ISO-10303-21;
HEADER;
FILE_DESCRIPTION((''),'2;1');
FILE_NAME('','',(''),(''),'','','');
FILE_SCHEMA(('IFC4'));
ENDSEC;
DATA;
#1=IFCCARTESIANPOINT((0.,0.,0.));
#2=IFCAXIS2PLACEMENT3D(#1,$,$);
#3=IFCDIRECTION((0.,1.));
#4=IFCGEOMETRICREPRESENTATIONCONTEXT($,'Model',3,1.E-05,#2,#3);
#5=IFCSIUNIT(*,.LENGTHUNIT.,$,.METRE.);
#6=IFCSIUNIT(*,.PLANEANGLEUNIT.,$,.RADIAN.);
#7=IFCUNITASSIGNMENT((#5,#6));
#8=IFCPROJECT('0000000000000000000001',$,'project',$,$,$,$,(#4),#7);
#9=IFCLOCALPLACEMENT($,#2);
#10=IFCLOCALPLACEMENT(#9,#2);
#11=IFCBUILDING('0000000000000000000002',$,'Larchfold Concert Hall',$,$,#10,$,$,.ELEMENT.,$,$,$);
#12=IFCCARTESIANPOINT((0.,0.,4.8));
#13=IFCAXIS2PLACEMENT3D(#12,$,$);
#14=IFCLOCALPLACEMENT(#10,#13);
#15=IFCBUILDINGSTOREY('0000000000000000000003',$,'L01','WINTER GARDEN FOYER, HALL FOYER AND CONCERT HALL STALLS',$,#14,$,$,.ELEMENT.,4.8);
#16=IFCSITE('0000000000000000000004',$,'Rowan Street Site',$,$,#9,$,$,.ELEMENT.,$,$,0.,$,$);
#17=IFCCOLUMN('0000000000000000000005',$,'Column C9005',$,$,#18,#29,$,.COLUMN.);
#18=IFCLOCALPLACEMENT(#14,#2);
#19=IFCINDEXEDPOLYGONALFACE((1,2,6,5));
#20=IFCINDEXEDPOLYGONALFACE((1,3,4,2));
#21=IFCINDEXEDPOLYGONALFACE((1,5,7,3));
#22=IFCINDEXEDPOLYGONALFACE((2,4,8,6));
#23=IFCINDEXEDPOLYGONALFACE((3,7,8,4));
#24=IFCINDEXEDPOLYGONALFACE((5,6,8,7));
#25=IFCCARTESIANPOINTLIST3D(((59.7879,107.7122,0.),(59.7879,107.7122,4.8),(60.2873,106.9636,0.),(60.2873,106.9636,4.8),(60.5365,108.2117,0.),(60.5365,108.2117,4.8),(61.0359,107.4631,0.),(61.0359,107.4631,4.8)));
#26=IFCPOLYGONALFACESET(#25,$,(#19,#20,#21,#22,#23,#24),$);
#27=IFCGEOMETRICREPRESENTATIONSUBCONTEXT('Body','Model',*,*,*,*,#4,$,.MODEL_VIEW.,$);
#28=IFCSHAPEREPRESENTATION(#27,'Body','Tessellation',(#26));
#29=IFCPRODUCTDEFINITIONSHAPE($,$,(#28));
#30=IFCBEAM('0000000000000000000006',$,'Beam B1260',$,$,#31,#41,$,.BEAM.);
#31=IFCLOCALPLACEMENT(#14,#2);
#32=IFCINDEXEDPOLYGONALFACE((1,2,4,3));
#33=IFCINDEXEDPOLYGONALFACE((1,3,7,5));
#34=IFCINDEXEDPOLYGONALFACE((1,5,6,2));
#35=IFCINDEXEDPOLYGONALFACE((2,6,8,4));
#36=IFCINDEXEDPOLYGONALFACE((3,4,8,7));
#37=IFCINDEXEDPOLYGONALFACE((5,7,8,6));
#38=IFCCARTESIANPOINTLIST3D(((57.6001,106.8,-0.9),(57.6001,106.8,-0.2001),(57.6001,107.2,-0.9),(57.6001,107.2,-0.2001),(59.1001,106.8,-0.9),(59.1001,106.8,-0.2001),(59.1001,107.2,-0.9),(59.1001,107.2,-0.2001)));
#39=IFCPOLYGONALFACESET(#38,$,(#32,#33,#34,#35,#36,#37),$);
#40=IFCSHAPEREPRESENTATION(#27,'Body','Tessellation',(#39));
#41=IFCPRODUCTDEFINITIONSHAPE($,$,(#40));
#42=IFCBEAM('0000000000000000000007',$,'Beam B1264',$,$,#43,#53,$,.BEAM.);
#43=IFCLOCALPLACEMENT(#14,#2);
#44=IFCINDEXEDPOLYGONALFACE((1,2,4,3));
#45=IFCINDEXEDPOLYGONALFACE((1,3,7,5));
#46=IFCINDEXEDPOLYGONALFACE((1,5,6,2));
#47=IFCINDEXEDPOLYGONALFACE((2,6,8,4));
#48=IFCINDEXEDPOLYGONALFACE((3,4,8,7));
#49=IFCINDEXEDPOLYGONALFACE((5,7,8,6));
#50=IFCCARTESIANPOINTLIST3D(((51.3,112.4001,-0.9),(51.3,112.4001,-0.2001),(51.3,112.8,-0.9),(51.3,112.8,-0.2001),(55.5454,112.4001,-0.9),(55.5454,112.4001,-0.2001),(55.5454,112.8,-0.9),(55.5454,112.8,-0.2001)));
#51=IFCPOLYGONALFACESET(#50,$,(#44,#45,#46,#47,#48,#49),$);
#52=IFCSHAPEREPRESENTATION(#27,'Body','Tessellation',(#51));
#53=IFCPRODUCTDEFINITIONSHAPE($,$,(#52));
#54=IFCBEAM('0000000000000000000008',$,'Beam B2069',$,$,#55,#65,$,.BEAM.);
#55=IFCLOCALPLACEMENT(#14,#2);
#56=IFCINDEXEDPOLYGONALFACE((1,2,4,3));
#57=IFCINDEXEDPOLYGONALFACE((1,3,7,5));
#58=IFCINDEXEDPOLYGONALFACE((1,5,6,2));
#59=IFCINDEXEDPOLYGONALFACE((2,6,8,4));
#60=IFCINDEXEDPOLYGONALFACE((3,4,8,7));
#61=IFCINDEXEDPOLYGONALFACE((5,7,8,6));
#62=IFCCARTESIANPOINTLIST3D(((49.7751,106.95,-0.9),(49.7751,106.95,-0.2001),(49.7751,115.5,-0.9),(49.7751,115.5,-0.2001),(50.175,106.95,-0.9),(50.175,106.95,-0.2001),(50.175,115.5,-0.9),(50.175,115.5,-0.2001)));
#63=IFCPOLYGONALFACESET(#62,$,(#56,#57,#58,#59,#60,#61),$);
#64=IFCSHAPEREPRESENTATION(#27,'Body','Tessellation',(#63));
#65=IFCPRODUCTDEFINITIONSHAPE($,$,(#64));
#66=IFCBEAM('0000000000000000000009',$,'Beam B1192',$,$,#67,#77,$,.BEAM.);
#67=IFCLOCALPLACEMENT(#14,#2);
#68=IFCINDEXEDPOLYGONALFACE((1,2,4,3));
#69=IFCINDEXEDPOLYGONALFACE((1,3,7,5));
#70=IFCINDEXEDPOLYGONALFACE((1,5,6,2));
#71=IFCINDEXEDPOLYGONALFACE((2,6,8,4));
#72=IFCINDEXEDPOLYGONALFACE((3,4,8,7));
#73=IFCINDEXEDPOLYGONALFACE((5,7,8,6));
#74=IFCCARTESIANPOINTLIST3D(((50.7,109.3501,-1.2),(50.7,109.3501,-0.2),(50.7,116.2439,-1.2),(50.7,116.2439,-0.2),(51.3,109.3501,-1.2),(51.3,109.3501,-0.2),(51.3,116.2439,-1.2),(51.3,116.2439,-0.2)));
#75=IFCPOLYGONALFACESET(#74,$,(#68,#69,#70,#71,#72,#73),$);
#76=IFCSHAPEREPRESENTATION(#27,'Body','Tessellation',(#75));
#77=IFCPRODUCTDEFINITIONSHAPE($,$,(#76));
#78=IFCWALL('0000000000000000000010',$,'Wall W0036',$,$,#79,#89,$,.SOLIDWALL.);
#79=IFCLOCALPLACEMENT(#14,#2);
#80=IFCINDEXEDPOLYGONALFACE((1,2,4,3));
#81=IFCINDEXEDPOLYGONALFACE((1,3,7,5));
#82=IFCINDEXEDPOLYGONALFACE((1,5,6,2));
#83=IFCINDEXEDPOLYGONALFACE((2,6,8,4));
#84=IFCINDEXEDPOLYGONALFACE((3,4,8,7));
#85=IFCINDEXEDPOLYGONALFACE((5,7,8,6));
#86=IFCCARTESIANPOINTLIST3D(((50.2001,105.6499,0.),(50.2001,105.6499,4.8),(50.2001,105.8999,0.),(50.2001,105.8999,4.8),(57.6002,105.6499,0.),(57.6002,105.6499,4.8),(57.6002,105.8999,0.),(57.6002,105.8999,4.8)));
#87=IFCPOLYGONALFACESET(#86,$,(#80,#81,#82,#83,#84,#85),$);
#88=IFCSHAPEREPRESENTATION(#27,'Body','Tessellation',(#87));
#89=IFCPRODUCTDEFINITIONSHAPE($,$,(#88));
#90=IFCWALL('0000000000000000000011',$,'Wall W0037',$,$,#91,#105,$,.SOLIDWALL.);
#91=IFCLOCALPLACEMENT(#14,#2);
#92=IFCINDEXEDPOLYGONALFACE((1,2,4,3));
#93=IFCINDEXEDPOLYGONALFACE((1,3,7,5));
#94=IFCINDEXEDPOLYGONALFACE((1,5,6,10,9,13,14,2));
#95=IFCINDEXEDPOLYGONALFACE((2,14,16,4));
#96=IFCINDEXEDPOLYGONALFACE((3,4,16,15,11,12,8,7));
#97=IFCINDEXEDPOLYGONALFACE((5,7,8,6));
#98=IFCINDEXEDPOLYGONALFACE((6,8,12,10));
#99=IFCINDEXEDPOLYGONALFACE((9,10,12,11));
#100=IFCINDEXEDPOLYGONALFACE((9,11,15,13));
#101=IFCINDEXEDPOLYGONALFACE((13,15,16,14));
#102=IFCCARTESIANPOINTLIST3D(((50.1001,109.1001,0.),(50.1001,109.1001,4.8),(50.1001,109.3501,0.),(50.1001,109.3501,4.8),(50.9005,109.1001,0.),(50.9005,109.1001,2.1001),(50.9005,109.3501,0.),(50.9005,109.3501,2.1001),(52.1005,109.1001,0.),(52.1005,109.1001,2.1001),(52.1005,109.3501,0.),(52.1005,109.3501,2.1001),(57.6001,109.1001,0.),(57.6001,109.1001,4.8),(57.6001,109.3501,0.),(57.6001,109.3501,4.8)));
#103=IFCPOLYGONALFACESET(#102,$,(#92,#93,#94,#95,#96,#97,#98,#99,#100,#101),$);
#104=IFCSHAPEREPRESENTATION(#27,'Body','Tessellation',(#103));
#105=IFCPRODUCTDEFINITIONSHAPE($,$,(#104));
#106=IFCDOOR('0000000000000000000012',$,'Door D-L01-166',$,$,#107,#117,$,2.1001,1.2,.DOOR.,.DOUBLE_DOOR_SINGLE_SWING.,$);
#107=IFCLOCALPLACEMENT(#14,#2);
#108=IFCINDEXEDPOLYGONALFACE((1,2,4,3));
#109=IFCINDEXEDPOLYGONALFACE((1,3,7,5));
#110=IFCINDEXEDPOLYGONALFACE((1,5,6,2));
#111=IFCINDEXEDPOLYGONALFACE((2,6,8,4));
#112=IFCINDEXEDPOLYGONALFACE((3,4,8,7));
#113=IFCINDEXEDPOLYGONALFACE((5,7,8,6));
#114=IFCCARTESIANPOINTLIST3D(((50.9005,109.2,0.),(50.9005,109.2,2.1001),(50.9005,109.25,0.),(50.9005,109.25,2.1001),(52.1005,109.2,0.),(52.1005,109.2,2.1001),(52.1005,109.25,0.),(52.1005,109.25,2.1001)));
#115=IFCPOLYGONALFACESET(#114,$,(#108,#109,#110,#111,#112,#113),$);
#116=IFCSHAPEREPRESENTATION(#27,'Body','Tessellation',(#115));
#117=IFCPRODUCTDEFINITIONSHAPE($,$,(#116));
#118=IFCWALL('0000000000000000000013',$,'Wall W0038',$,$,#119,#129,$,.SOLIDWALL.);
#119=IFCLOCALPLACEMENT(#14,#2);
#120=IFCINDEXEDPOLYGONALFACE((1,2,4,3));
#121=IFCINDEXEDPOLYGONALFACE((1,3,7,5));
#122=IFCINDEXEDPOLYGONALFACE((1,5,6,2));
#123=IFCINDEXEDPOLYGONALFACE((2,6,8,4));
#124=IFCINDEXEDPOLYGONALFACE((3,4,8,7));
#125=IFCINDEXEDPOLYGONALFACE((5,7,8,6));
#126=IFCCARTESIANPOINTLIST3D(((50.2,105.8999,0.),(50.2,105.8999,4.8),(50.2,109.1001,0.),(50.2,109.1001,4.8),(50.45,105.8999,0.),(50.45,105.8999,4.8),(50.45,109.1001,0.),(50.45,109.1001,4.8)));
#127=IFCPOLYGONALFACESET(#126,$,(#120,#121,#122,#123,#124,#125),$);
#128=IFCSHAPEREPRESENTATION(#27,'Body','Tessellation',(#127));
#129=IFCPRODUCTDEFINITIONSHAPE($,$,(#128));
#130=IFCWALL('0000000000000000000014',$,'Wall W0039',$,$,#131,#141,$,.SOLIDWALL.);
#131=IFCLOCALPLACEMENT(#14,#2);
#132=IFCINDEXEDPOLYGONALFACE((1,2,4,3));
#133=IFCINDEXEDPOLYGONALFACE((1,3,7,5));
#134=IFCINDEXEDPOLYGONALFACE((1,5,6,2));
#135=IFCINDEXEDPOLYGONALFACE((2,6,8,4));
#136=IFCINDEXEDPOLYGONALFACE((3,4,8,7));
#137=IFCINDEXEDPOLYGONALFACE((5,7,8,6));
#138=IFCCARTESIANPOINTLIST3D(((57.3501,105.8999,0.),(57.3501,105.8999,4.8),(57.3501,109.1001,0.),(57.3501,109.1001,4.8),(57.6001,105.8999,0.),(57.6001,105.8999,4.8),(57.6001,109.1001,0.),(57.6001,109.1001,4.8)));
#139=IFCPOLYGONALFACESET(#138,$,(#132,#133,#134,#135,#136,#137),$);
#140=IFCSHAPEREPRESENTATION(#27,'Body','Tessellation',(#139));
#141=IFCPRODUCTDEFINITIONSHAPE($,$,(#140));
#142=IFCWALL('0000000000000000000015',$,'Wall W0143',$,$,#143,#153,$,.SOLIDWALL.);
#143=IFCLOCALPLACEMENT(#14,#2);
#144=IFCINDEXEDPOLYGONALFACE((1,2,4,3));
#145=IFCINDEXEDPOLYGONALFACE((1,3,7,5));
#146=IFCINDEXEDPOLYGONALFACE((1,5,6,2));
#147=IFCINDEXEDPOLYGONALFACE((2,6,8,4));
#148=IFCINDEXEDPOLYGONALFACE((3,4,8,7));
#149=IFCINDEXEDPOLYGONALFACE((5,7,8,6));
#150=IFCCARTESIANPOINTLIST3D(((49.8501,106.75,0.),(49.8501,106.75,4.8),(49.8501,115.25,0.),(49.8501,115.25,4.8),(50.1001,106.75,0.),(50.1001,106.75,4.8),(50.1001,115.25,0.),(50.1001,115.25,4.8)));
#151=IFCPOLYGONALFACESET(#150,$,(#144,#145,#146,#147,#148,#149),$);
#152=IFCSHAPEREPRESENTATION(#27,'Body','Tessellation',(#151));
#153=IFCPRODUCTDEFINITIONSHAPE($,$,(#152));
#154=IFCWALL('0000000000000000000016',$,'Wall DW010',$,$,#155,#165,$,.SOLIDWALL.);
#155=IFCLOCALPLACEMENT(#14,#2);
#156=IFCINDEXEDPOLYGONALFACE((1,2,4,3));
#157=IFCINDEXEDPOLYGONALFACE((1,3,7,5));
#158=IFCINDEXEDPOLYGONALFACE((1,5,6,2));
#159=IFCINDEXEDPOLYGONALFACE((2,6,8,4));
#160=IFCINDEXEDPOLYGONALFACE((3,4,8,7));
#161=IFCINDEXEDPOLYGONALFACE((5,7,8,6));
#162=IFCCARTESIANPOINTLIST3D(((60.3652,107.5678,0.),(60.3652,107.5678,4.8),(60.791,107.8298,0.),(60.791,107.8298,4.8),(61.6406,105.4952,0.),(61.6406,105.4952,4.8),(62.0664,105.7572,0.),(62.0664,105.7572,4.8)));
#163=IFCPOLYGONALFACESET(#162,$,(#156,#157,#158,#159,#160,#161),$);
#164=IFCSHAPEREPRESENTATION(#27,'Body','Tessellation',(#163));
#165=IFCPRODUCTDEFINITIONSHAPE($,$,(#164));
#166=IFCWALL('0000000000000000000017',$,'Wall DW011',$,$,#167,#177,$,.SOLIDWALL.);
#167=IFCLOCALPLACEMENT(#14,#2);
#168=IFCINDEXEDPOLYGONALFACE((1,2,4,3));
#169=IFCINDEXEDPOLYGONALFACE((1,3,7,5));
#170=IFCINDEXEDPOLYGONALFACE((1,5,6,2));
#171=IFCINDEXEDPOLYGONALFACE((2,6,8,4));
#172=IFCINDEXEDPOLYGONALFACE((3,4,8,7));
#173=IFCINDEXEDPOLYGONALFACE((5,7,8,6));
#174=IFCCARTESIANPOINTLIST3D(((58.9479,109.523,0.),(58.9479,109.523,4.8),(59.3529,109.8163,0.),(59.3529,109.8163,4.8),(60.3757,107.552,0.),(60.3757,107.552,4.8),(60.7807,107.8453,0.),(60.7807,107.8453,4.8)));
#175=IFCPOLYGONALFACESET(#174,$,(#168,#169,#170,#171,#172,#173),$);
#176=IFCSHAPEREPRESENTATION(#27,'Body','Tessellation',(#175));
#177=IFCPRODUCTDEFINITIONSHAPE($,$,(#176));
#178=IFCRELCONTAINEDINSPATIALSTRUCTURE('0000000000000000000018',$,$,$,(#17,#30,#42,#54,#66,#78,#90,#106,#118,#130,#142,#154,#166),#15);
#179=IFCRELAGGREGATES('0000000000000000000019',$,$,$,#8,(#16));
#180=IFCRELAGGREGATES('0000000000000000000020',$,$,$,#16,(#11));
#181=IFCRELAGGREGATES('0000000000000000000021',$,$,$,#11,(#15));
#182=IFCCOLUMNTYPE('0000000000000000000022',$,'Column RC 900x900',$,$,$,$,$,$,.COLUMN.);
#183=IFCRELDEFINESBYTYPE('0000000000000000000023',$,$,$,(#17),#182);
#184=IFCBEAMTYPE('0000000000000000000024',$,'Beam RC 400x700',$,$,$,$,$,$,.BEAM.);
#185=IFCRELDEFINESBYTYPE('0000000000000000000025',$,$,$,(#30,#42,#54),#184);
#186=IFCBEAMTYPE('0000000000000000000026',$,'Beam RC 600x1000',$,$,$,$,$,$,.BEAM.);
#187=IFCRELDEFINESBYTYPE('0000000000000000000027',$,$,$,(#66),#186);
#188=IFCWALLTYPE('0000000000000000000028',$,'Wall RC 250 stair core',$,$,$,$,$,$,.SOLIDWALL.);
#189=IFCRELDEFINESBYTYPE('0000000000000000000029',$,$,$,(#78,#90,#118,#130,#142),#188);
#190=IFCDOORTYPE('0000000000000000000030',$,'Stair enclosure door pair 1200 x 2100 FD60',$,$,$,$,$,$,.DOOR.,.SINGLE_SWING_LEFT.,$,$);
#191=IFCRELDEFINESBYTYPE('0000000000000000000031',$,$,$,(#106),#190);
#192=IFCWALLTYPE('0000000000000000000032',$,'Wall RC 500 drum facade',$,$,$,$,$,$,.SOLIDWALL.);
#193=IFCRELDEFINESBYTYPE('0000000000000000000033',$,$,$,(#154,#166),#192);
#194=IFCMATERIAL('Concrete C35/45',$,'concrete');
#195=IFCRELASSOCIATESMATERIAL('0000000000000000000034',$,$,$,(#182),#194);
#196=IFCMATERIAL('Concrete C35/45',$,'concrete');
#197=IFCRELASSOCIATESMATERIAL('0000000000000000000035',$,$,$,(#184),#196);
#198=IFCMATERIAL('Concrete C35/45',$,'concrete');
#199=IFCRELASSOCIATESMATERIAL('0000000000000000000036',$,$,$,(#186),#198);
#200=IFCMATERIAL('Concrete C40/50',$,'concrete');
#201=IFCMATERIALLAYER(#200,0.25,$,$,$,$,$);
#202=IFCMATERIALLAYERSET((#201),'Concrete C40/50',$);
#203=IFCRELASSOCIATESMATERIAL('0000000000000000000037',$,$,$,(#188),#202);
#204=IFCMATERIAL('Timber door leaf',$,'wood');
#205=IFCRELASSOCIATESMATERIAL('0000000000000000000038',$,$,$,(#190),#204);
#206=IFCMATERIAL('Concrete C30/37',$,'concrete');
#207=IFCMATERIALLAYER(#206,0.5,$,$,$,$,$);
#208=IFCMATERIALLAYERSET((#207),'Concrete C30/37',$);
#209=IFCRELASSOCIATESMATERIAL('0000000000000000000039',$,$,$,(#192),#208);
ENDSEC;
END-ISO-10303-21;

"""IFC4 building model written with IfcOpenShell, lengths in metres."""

from ifc_helpers import new_model, si_unit, direction, frame, frame_2d, origin, origin_2d, place, context, subcontext, project, spatial, rectangle, extrude, material, layer, layer_set, material_profile, profile_set, type_object, element, fill, save


model = new_model("IFC4")

# Units and contexts
model_context = context("Model", 3, precision=1e-05, world=origin(), true_north=direction((0.0, 1.0)))
body_context = subcontext(model_context, "Body", "Model", "MODEL_VIEW")
ifc_project = project(units=[si_unit("LENGTHUNIT", "METRE"), si_unit("PLANEANGLEUNIT", "RADIAN")], contexts=[model_context])

# Site, building, storey
site_placement = place(None, origin())
site = spatial("IfcSite", under=ifc_project, at=site_placement, Name="Rowan Street Site", CompositionType="ELEMENT", RefElevation=0.0)
building_placement = place(site_placement, origin())
building = spatial("IfcBuilding", under=site, at=building_placement, Name="Larchfold Concert Hall", CompositionType="ELEMENT")
storey_placement = place(building_placement, frame((0.0, 0.0, 4.8)))
storey = spatial("IfcBuildingStorey", under=building, at=storey_placement, Name="L01", Description="WINTER GARDEN FOYER, HALL FOYER AND CONCERT HALL STALLS", CompositionType="ELEMENT", Elevation=4.8)

# Column
ifc_material_1 = material(Name="Concrete C35/45", Category="concrete")
ifc_material_profile_1 = material_profile(ifc_material_1, rectangle(XDim=0.8999, YDim=0.8999, at=origin_2d()))
ifc_profile_set_1 = profile_set([ifc_material_profile_1], Name="Concrete C35/45")
column_type = type_object("IfcColumnType", Name="Column RC 900x900", PredefinedType="COLUMN", material=ifc_profile_set_1)
column_placement = place(storey_placement, frame((60.4119, 107.5876, 0.0), z_axis=(0.0, 0.0, 1.0), x_axis=(0.831868, 0.554974, 0.0)))
element("IfcColumn", 1, at=column_placement, inside=storey, type_object=column_type, Name="Column C9005", PredefinedType="COLUMN", context=body_context, shape_type="SweptSolid", body=[
    extrude(rectangle(XDim=0.8999, YDim=0.8999, at=origin_2d()), origin(), (0.0, 0.0, 1.0), 4.8),
])

# Beams
ifc_material_2 = material(Name="Concrete C35/45", Category="concrete")
ifc_material_profile_2 = material_profile(ifc_material_2, rectangle(XDim=0.3999, YDim=0.7, at=origin_2d()))
ifc_profile_set_2 = profile_set([ifc_material_profile_2], Name="Concrete C35/45")
beam_type_1 = type_object("IfcBeamType", Name="Beam RC 400x700", PredefinedType="BEAM", material=ifc_profile_set_2)
beam_1_placement = place(storey_placement, frame((57.6001, 107.0, -0.55), z_axis=(1.0, 0.0, 0.0), x_axis=(0.0, 1.0, 0.0)))
element("IfcBeam", 2, at=beam_1_placement, inside=storey, type_object=beam_type_1, Name="Beam B1260", PredefinedType="BEAM", context=body_context, shape_type="SweptSolid", body=[
    extrude(rectangle(XDim=0.3999, YDim=0.7, at=origin_2d()), origin(), (0.0, 0.0, 1.0), 1.5),
])
beam_2_placement = place(storey_placement, frame((51.3, 112.6001, -0.55), z_axis=(1.0, 0.0, 0.0), x_axis=(0.0, 1.0, 0.0)))
element("IfcBeam", 3, at=beam_2_placement, inside=storey, type_object=beam_type_1, Name="Beam B1264", PredefinedType="BEAM", context=body_context, shape_type="SweptSolid", body=[
    extrude(rectangle(XDim=0.3999, YDim=0.7, at=origin_2d()), origin(), (0.0, 0.0, 1.0), 4.2454),
])
beam_3_placement = place(storey_placement, frame((49.9751, 106.95, -0.55), z_axis=(0.0, 1.0, 0.0), x_axis=(-1.0, 0.0, 0.0)))
element("IfcBeam", 4, at=beam_3_placement, inside=storey, type_object=beam_type_1, Name="Beam B2069", PredefinedType="BEAM", context=body_context, shape_type="SweptSolid", body=[
    extrude(rectangle(XDim=0.3999, YDim=0.7, at=origin_2d()), origin(), (0.0, 0.0, 1.0), 8.55),
])
ifc_material_3 = material(Name="Concrete C35/45", Category="concrete")
ifc_material_profile_3 = material_profile(ifc_material_3, rectangle(XDim=0.6001, YDim=1.0, at=origin_2d()))
ifc_profile_set_3 = profile_set([ifc_material_profile_3], Name="Concrete C35/45")
beam_type_2 = type_object("IfcBeamType", Name="Beam RC 600x1000", PredefinedType="BEAM", material=ifc_profile_set_3)
beam_4_placement = place(storey_placement, frame((51.0, 109.3501, -0.7), z_axis=(0.0, 1.0, 0.0), x_axis=(-1.0, 0.0, 0.0)))
element("IfcBeam", 5, at=beam_4_placement, inside=storey, type_object=beam_type_2, Name="Beam B1192", PredefinedType="BEAM", context=body_context, shape_type="SweptSolid", body=[
    extrude(rectangle(XDim=0.6001, YDim=1.0, at=origin_2d()), origin(), (0.0, 0.0, 1.0), 6.8938),
])

# Wall
ifc_material_4 = material(Name="Concrete C40/50", Category="concrete")
ifc_layer_1 = layer(ifc_material_4, 0.25)
ifc_layer_set_1 = layer_set([ifc_layer_1], Name="Concrete C40/50")
wall_type_1 = type_object("IfcWallType", Name="Wall RC 250 stair core", PredefinedType="SOLIDWALL", material=ifc_layer_set_1)
wall_1_placement = place(storey_placement, frame((50.2, 105.7749, 0.0), z_axis=(0.0, 0.0, 1.0), x_axis=(1.0, 0.0, 0.0)))
element("IfcWall", 6, at=wall_1_placement, inside=storey, type_object=wall_type_1, Name="Wall W0036", PredefinedType="SOLIDWALL", context=body_context, shape_type="SweptSolid", body=[
    extrude(rectangle(XDim=7.4001, YDim=0.25, at=frame_2d((3.7002, 0.0))), origin(), (0.0, 0.0, 1.0), 4.8),
])

# Wall, opening, door
wall_2_placement = place(storey_placement, frame((50.1001, 109.2251, 0.0), z_axis=(0.0, 0.0, 1.0), x_axis=(1.0, 0.0, 0.0)))
wall_2 = element("IfcWall", 7, at=wall_2_placement, inside=storey, type_object=wall_type_1, Name="Wall W0037", PredefinedType="SOLIDWALL", context=body_context, shape_type="SweptSolid", body=[
    extrude(rectangle(XDim=7.5, YDim=0.25, at=frame_2d((3.75, 0.0))), origin(), (0.0, 0.0, 1.0), 4.8),
])
opening_placement = place(wall_2_placement, frame((0.8003, 0.0, 0.0)))
opening = element("IfcOpeningElement", 8, at=opening_placement, cuts=wall_2, PredefinedType="OPENING", context=body_context, shape_type="SweptSolid", body=[
    extrude(rectangle(XDim=1.2, YDim=2.1001, at=frame_2d((0.6001, 1.05))), frame((0.0, 0.135, 0.0), z_axis=(0.0, -1.0, 0.0), x_axis=(1.0, 0.0, 0.0)), (0.0, 0.0, 1.0), 0.27),
])
ifc_material_5 = material(Name="Timber door leaf", Category="wood")
door_type = type_object("IfcDoorType", Name="Stair enclosure door pair 1200 x 2100 FD60", OperationType="SINGLE_SWING_LEFT", PredefinedType="DOOR", material=ifc_material_5)
door_placement = place(opening_placement, origin())
door = element("IfcDoor", 9, at=door_placement, inside=storey, type_object=door_type, Name="Door D-L01-166", OperationType="DOUBLE_DOOR_SINGLE_SWING", OverallHeight=2.1001, OverallWidth=1.2, PredefinedType="DOOR", context=body_context, shape_type="SweptSolid", body=[
    extrude(rectangle(XDim=1.2, YDim=2.1001, at=frame_2d((0.6001, 1.05))), frame((0.0, 0.0249, 0.0), z_axis=(0.0, -1.0, 0.0), x_axis=(1.0, 0.0, 0.0)), (0.0, 0.0, 1.0), 0.05),
])
fill(opening, door)

# Walls
for number, where, z_axis, x_axis, name in (
    (10, (50.325, 105.8999, 0.0), (0.0, 0.0, 1.0), (0.0, 1.0, 0.0), "Wall W0038"),
    (11, (57.4751, 105.8999, 0.0), (0.0, 0.0, 1.0), (0.0, 1.0, 0.0), "Wall W0039"),
):
    element("IfcWall", number, at=place(storey_placement, frame(where, z_axis=z_axis, x_axis=x_axis)), inside=storey, type_object=wall_type_1, Name=name, PredefinedType="SOLIDWALL", context=body_context, shape_type="SweptSolid", body=[
        extrude(rectangle(XDim=3.2002, YDim=0.25, at=frame_2d((1.6001, 0.0))), origin(), (0.0, 0.0, 1.0), 4.8),
    ])
wall_3_placement = place(storey_placement, frame((49.9751, 106.75, 0.0), z_axis=(0.0, 0.0, 1.0), x_axis=(0.0, 1.0, 0.0)))
element("IfcWall", 12, at=wall_3_placement, inside=storey, type_object=wall_type_1, Name="Wall W0143", PredefinedType="SOLIDWALL", context=body_context, shape_type="SweptSolid", body=[
    extrude(rectangle(XDim=8.5, YDim=0.25, at=frame_2d((4.25, 0.0))), origin(), (0.0, 0.0, 1.0), 4.8),
])
ifc_material_6 = material(Name="Concrete C30/37", Category="concrete")
ifc_layer_2 = layer(ifc_material_6, 0.5)
ifc_layer_set_2 = layer_set([ifc_layer_2], Name="Concrete C30/37")
wall_type_2 = type_object("IfcWallType", Name="Wall RC 500 drum facade", PredefinedType="SOLIDWALL", material=ifc_layer_set_2)
wall_4_placement = place(storey_placement, frame((61.8535, 105.6262, 0.0), z_axis=(0.0, 0.0, 1.0), x_axis=(-0.524097, 0.851658, 0.0)))
element("IfcWall", 13, at=wall_4_placement, inside=storey, type_object=wall_type_2, Name="Wall DW010", PredefinedType="SOLIDWALL", context=body_context, shape_type="SweptSolid", body=[
    extrude(rectangle(XDim=2.4336, YDim=0.5, at=frame_2d((1.2168, 0.0))), origin(), (0.0, 0.0, 1.0), 4.8),
])
wall_5_placement = place(storey_placement, frame((60.5781, 107.6987, 0.0), z_axis=(0.0, 0.0, 1.0), x_axis=(-0.586644, 0.809845, 0.0)))
element("IfcWall", 14, at=wall_5_placement, inside=storey, type_object=wall_type_2, Name="Wall DW011", PredefinedType="SOLIDWALL", context=body_context, shape_type="SweptSolid", body=[
    extrude(rectangle(XDim=2.4338, YDim=0.5, at=frame_2d((1.2168, 0.0))), origin(), (0.0, 0.0, 1.0), 4.8),
])

save(model, "model.ifc")
